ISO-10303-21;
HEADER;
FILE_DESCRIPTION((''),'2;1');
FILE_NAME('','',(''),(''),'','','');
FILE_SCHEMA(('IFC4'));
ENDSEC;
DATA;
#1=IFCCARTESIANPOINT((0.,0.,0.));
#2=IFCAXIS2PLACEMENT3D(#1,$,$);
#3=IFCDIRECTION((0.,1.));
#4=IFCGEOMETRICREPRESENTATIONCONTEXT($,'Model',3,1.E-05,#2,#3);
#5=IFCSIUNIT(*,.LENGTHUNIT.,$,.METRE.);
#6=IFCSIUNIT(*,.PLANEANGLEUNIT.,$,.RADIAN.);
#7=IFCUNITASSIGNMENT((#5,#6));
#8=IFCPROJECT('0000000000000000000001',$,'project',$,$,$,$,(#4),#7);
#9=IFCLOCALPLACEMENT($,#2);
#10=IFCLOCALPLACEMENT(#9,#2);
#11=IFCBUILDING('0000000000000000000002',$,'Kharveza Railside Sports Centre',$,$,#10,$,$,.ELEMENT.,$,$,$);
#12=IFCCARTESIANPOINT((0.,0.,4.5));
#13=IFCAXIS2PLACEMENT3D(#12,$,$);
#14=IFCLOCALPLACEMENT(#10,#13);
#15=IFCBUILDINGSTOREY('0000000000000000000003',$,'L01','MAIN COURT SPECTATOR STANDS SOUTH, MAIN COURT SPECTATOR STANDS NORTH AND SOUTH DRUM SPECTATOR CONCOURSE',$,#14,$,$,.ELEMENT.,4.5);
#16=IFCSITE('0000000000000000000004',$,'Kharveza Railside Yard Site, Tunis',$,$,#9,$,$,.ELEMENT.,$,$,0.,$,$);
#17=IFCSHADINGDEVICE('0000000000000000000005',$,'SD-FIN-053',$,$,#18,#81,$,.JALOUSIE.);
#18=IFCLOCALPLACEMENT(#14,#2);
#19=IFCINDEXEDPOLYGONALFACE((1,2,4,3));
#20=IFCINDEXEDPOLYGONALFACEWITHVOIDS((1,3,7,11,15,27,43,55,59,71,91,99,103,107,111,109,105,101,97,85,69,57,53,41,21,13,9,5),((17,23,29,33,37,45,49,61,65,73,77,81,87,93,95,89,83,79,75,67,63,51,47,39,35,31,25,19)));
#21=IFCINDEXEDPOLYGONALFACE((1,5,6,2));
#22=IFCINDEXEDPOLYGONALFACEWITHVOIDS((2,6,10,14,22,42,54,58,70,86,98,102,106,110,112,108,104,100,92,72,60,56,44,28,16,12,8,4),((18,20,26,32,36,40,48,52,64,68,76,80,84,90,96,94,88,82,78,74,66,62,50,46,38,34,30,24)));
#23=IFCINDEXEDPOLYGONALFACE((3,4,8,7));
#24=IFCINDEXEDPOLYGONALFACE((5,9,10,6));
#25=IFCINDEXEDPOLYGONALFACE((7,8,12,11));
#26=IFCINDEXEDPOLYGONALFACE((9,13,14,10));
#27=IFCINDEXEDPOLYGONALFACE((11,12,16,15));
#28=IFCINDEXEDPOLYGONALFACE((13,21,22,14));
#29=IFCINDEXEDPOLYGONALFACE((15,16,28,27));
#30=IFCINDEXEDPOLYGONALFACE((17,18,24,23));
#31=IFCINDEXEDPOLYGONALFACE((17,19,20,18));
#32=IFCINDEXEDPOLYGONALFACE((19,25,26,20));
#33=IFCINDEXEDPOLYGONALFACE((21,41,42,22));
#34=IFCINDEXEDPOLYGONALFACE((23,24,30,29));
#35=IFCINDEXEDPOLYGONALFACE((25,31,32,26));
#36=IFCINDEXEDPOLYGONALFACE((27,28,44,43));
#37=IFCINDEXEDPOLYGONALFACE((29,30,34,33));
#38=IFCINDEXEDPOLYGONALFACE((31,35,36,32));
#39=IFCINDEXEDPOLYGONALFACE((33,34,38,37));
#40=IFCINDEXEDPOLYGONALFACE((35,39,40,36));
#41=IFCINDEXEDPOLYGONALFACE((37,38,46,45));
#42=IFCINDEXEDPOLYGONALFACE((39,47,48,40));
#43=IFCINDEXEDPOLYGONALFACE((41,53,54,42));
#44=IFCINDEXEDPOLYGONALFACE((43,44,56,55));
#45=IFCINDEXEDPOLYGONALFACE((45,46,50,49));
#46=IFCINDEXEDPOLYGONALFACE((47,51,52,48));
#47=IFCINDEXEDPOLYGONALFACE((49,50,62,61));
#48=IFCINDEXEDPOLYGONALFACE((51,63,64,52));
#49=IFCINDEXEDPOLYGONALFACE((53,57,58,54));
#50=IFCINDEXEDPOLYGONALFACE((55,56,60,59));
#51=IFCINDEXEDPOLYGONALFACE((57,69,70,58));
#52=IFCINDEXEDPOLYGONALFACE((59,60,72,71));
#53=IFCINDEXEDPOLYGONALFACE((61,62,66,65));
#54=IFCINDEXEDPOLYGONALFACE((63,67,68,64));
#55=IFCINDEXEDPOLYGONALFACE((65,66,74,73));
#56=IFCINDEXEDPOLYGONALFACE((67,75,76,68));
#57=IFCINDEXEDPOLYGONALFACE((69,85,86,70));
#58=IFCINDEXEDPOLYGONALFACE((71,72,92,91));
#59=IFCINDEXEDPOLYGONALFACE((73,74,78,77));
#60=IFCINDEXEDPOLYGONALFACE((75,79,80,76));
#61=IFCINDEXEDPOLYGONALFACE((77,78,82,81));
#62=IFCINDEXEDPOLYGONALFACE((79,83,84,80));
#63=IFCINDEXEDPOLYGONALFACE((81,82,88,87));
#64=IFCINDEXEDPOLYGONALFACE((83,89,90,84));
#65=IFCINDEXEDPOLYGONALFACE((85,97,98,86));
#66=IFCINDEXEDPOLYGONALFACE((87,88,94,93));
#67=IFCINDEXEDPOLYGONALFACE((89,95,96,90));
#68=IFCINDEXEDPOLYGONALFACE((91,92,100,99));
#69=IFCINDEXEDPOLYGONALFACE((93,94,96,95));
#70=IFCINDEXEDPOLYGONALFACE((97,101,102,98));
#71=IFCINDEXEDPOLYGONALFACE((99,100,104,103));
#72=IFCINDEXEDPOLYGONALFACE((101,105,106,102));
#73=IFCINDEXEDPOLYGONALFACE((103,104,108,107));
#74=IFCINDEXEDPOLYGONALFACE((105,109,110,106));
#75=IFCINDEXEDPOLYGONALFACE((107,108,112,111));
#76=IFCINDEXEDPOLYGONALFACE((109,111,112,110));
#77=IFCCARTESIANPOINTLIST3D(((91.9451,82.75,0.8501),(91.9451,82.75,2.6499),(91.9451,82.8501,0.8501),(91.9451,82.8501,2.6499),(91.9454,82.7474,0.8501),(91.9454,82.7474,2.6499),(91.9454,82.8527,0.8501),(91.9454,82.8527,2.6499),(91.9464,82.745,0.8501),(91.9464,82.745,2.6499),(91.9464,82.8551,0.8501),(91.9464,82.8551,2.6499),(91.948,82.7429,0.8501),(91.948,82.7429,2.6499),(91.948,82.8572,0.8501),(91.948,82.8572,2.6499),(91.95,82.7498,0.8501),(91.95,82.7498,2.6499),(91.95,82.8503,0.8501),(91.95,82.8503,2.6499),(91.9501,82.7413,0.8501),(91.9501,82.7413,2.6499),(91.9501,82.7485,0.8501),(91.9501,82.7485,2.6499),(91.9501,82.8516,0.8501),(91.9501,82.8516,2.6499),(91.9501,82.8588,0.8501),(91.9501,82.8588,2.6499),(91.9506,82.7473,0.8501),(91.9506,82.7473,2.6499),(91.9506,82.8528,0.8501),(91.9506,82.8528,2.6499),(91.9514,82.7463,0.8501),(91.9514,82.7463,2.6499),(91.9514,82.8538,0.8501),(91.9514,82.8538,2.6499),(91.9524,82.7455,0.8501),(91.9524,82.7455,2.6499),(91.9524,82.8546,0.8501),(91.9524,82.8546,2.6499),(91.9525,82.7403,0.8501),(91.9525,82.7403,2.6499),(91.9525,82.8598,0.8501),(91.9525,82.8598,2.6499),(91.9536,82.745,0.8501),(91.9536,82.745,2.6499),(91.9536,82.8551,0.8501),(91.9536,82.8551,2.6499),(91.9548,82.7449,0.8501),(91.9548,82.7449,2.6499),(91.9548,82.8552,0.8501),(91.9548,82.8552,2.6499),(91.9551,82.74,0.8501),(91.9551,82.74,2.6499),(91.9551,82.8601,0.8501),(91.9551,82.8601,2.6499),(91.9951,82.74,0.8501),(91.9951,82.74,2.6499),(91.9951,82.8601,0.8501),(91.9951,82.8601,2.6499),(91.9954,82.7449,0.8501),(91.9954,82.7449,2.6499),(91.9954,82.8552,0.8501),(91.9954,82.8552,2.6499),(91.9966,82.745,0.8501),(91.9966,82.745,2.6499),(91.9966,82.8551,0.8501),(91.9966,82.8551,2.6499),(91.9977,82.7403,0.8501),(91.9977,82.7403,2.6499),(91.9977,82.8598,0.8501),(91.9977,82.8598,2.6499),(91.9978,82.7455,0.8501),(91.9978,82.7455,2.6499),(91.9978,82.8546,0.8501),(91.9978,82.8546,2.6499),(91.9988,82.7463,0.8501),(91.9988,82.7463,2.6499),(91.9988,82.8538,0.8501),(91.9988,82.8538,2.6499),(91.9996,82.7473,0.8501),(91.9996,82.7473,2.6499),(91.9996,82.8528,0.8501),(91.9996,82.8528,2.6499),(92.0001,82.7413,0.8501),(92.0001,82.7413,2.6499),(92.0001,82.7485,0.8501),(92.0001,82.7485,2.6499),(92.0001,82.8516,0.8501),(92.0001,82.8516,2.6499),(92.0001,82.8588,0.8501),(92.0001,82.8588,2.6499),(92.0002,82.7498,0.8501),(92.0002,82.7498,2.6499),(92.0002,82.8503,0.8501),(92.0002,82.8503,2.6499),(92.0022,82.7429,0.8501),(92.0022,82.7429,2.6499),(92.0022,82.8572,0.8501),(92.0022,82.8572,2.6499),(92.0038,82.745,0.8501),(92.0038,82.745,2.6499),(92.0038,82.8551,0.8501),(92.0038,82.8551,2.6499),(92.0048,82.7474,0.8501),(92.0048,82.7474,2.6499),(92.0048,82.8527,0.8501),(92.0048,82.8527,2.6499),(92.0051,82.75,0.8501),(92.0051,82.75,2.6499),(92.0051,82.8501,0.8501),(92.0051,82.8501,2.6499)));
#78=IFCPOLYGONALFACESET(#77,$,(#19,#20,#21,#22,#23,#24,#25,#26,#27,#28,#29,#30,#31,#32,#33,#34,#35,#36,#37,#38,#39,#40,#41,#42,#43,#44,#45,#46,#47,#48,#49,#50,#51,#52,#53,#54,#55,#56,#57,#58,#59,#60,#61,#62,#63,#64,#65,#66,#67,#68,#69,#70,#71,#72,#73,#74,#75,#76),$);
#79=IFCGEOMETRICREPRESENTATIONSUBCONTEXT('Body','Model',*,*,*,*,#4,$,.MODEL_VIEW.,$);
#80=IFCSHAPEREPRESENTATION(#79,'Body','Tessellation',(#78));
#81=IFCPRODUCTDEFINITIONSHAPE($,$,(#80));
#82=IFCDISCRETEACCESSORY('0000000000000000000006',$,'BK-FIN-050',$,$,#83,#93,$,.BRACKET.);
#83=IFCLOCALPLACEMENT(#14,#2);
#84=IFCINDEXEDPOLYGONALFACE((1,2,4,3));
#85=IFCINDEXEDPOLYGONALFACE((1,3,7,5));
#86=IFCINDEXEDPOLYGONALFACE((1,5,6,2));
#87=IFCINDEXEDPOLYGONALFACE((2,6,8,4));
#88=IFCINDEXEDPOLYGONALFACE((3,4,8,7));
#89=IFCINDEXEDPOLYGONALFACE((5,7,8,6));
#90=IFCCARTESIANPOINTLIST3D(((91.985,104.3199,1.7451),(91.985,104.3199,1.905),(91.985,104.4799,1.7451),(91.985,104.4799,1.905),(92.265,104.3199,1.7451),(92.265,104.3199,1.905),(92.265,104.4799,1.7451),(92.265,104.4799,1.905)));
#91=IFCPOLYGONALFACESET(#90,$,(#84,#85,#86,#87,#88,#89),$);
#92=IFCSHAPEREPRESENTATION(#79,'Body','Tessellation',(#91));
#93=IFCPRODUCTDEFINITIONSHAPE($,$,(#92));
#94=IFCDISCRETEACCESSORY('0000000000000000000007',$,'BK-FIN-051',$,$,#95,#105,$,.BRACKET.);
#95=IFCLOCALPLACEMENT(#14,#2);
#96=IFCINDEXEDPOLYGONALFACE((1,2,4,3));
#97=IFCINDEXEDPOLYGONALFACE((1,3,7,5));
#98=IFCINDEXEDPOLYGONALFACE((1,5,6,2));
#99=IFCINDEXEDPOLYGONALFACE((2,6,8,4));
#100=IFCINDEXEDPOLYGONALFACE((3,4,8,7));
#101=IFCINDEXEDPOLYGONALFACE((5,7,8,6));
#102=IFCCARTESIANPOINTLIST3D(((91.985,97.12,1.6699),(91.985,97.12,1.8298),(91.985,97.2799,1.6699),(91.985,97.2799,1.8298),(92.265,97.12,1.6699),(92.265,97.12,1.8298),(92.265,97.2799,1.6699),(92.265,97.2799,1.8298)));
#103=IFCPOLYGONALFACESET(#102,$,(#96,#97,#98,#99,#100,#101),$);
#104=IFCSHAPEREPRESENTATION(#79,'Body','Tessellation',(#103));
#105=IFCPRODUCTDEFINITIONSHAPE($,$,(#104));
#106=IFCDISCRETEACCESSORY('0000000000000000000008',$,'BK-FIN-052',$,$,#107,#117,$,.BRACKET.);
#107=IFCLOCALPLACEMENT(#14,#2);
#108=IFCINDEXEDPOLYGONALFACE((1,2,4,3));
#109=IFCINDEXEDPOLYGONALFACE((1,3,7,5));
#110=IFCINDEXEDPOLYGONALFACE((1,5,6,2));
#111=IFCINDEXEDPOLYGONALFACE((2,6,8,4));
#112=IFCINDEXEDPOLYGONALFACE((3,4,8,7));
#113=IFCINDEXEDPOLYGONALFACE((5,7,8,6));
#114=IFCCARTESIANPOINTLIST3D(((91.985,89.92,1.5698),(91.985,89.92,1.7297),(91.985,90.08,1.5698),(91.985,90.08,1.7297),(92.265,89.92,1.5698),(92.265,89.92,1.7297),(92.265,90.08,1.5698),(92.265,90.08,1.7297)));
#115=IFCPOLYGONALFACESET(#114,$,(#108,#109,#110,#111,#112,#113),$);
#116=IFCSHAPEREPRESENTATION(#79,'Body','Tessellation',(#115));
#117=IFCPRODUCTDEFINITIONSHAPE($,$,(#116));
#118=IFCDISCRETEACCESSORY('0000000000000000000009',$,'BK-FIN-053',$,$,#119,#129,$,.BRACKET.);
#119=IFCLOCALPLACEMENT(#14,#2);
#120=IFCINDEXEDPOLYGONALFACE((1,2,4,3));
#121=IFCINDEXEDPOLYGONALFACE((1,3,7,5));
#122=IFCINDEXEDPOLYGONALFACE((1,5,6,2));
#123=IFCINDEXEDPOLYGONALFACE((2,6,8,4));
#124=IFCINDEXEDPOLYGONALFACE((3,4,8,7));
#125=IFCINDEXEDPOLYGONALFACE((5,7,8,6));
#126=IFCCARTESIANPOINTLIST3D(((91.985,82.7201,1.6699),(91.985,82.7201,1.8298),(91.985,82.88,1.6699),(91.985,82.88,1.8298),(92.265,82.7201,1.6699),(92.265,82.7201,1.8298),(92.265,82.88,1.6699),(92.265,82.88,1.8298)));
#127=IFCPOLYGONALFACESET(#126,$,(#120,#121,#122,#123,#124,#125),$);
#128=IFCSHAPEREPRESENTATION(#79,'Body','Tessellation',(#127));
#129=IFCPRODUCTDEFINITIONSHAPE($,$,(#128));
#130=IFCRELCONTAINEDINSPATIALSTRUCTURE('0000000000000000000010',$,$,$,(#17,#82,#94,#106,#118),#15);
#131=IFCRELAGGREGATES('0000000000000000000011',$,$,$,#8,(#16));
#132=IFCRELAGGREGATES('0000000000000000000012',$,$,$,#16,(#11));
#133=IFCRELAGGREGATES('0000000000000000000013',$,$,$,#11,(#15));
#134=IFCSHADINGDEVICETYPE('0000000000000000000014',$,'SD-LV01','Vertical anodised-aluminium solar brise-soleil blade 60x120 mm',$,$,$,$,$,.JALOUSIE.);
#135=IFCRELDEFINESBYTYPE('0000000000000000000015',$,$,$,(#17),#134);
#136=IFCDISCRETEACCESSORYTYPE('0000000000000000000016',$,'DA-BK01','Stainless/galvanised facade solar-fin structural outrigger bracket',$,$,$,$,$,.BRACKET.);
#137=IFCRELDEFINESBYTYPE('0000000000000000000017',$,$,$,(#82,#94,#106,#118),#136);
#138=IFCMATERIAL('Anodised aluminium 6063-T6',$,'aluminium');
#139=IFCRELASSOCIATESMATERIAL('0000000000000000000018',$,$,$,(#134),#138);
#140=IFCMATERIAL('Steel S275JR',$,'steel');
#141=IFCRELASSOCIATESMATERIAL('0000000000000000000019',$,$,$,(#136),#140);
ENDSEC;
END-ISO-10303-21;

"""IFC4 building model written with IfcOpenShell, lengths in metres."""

from ifc_helpers import new_model, si_unit, direction, frame, origin, origin_2d, place, context, subcontext, project, spatial, rectangle, hollow_rectangle, extrude, material, material_profile, profile_set, type_object, element, save


model = new_model("IFC4")

# Units and contexts
model_context = context("Model", 3, precision=1e-05, world=origin(), true_north=direction((0.0, 1.0)))
body_context = subcontext(model_context, "Body", "Model", "MODEL_VIEW")
ifc_project = project(units=[si_unit("LENGTHUNIT", "METRE"), si_unit("PLANEANGLEUNIT", "RADIAN")], contexts=[model_context])

# Site, building, storey
site_placement = place(None, origin())
site = spatial("IfcSite", under=ifc_project, at=site_placement, Name="Kharveza Railside Yard Site, Tunis", CompositionType="ELEMENT", RefElevation=0.0)
building_placement = place(site_placement, origin())
building = spatial("IfcBuilding", under=site, at=building_placement, Name="Kharveza Railside Sports Centre", CompositionType="ELEMENT")
storey_placement = place(building_placement, frame((0.0, 0.0, 4.5)))
storey = spatial("IfcBuildingStorey", under=building, at=storey_placement, Name="L01", Description="MAIN COURT SPECTATOR STANDS SOUTH, MAIN COURT SPECTATOR STANDS NORTH AND SOUTH DRUM SPECTATOR CONCOURSE", CompositionType="ELEMENT", Elevation=4.5)

# Shading device
ifc_material_1 = material(Name="Anodised aluminium 6063-T6", Category="aluminium")
ifc_material_profile_1 = material_profile(ifc_material_1, hollow_rectangle(XDim=0.0601, YDim=0.1201, WallThickness=0.0049, InnerFilletRadius=0.0049, OuterFilletRadius=0.01, at=origin_2d()), Name="RHS 60x120x5.0")
ifc_profile_set_1 = profile_set([ifc_material_profile_1], Name="Anodised aluminium 6063-T6")
shading_device_type = type_object("IfcShadingDeviceType", Name="SD-LV01", Description="Vertical anodised-aluminium solar brise-soleil blade 60x120 mm", PredefinedType="JALOUSIE", material=ifc_profile_set_1)
shading_device_1_placement = place(storey_placement, frame((91.9751, 82.8, 0.8501), z_axis=(0.0, 0.0, 1.0), x_axis=(-1.0, 0.0, 0.0)))
element("IfcShadingDevice", 1, at=shading_device_1_placement, inside=storey, type_object=shading_device_type, Name="SD-FIN-053", PredefinedType="JALOUSIE", context=body_context, shape_type="SweptSolid", body=[
    extrude(hollow_rectangle(XDim=0.0601, YDim=0.1201, WallThickness=0.0049, InnerFilletRadius=0.0049, OuterFilletRadius=0.01, at=origin_2d()), origin(), (0.0, 0.0, 1.0), 1.7998),
])

# Discrete accessories
ifc_material_2 = material(Name="Steel S275JR", Category="steel")
discrete_accessory_type = type_object("IfcDiscreteAccessoryType", Name="DA-BK01", Description="Stainless/galvanised facade solar-fin structural outrigger bracket", PredefinedType="BRACKET", material=ifc_material_2)
for number, where, z_axis, x_axis, name in (
    (2, (92.125, 104.3999, 1.7451), (0.0, 0.0, 1.0), (-1.0, 0.0, 0.0), "BK-FIN-050"),
    (3, (92.125, 97.2, 1.6699), (0.0, 0.0, 1.0), (-1.0, 0.0, 0.0), "BK-FIN-051"),
    (4, (92.125, 90.0, 1.5698), (0.0, 0.0, 1.0), (-1.0, 0.0, 0.0), "BK-FIN-052"),
    (5, (92.125, 82.8, 1.6699), (0.0, 0.0, 1.0), (-1.0, 0.0, 0.0), "BK-FIN-053"),
):
    element("IfcDiscreteAccessory", number, at=place(storey_placement, frame(where, z_axis=z_axis, x_axis=x_axis)), inside=storey, type_object=discrete_accessory_type, Name=name, PredefinedType="BRACKET", context=body_context, shape_type="SweptSolid", body=[
        extrude(rectangle(XDim=0.28, YDim=0.1599, at=origin_2d()), origin(), (0.0, 0.0, 1.0), 0.1599),
    ])

save(model, "model.ifc")
